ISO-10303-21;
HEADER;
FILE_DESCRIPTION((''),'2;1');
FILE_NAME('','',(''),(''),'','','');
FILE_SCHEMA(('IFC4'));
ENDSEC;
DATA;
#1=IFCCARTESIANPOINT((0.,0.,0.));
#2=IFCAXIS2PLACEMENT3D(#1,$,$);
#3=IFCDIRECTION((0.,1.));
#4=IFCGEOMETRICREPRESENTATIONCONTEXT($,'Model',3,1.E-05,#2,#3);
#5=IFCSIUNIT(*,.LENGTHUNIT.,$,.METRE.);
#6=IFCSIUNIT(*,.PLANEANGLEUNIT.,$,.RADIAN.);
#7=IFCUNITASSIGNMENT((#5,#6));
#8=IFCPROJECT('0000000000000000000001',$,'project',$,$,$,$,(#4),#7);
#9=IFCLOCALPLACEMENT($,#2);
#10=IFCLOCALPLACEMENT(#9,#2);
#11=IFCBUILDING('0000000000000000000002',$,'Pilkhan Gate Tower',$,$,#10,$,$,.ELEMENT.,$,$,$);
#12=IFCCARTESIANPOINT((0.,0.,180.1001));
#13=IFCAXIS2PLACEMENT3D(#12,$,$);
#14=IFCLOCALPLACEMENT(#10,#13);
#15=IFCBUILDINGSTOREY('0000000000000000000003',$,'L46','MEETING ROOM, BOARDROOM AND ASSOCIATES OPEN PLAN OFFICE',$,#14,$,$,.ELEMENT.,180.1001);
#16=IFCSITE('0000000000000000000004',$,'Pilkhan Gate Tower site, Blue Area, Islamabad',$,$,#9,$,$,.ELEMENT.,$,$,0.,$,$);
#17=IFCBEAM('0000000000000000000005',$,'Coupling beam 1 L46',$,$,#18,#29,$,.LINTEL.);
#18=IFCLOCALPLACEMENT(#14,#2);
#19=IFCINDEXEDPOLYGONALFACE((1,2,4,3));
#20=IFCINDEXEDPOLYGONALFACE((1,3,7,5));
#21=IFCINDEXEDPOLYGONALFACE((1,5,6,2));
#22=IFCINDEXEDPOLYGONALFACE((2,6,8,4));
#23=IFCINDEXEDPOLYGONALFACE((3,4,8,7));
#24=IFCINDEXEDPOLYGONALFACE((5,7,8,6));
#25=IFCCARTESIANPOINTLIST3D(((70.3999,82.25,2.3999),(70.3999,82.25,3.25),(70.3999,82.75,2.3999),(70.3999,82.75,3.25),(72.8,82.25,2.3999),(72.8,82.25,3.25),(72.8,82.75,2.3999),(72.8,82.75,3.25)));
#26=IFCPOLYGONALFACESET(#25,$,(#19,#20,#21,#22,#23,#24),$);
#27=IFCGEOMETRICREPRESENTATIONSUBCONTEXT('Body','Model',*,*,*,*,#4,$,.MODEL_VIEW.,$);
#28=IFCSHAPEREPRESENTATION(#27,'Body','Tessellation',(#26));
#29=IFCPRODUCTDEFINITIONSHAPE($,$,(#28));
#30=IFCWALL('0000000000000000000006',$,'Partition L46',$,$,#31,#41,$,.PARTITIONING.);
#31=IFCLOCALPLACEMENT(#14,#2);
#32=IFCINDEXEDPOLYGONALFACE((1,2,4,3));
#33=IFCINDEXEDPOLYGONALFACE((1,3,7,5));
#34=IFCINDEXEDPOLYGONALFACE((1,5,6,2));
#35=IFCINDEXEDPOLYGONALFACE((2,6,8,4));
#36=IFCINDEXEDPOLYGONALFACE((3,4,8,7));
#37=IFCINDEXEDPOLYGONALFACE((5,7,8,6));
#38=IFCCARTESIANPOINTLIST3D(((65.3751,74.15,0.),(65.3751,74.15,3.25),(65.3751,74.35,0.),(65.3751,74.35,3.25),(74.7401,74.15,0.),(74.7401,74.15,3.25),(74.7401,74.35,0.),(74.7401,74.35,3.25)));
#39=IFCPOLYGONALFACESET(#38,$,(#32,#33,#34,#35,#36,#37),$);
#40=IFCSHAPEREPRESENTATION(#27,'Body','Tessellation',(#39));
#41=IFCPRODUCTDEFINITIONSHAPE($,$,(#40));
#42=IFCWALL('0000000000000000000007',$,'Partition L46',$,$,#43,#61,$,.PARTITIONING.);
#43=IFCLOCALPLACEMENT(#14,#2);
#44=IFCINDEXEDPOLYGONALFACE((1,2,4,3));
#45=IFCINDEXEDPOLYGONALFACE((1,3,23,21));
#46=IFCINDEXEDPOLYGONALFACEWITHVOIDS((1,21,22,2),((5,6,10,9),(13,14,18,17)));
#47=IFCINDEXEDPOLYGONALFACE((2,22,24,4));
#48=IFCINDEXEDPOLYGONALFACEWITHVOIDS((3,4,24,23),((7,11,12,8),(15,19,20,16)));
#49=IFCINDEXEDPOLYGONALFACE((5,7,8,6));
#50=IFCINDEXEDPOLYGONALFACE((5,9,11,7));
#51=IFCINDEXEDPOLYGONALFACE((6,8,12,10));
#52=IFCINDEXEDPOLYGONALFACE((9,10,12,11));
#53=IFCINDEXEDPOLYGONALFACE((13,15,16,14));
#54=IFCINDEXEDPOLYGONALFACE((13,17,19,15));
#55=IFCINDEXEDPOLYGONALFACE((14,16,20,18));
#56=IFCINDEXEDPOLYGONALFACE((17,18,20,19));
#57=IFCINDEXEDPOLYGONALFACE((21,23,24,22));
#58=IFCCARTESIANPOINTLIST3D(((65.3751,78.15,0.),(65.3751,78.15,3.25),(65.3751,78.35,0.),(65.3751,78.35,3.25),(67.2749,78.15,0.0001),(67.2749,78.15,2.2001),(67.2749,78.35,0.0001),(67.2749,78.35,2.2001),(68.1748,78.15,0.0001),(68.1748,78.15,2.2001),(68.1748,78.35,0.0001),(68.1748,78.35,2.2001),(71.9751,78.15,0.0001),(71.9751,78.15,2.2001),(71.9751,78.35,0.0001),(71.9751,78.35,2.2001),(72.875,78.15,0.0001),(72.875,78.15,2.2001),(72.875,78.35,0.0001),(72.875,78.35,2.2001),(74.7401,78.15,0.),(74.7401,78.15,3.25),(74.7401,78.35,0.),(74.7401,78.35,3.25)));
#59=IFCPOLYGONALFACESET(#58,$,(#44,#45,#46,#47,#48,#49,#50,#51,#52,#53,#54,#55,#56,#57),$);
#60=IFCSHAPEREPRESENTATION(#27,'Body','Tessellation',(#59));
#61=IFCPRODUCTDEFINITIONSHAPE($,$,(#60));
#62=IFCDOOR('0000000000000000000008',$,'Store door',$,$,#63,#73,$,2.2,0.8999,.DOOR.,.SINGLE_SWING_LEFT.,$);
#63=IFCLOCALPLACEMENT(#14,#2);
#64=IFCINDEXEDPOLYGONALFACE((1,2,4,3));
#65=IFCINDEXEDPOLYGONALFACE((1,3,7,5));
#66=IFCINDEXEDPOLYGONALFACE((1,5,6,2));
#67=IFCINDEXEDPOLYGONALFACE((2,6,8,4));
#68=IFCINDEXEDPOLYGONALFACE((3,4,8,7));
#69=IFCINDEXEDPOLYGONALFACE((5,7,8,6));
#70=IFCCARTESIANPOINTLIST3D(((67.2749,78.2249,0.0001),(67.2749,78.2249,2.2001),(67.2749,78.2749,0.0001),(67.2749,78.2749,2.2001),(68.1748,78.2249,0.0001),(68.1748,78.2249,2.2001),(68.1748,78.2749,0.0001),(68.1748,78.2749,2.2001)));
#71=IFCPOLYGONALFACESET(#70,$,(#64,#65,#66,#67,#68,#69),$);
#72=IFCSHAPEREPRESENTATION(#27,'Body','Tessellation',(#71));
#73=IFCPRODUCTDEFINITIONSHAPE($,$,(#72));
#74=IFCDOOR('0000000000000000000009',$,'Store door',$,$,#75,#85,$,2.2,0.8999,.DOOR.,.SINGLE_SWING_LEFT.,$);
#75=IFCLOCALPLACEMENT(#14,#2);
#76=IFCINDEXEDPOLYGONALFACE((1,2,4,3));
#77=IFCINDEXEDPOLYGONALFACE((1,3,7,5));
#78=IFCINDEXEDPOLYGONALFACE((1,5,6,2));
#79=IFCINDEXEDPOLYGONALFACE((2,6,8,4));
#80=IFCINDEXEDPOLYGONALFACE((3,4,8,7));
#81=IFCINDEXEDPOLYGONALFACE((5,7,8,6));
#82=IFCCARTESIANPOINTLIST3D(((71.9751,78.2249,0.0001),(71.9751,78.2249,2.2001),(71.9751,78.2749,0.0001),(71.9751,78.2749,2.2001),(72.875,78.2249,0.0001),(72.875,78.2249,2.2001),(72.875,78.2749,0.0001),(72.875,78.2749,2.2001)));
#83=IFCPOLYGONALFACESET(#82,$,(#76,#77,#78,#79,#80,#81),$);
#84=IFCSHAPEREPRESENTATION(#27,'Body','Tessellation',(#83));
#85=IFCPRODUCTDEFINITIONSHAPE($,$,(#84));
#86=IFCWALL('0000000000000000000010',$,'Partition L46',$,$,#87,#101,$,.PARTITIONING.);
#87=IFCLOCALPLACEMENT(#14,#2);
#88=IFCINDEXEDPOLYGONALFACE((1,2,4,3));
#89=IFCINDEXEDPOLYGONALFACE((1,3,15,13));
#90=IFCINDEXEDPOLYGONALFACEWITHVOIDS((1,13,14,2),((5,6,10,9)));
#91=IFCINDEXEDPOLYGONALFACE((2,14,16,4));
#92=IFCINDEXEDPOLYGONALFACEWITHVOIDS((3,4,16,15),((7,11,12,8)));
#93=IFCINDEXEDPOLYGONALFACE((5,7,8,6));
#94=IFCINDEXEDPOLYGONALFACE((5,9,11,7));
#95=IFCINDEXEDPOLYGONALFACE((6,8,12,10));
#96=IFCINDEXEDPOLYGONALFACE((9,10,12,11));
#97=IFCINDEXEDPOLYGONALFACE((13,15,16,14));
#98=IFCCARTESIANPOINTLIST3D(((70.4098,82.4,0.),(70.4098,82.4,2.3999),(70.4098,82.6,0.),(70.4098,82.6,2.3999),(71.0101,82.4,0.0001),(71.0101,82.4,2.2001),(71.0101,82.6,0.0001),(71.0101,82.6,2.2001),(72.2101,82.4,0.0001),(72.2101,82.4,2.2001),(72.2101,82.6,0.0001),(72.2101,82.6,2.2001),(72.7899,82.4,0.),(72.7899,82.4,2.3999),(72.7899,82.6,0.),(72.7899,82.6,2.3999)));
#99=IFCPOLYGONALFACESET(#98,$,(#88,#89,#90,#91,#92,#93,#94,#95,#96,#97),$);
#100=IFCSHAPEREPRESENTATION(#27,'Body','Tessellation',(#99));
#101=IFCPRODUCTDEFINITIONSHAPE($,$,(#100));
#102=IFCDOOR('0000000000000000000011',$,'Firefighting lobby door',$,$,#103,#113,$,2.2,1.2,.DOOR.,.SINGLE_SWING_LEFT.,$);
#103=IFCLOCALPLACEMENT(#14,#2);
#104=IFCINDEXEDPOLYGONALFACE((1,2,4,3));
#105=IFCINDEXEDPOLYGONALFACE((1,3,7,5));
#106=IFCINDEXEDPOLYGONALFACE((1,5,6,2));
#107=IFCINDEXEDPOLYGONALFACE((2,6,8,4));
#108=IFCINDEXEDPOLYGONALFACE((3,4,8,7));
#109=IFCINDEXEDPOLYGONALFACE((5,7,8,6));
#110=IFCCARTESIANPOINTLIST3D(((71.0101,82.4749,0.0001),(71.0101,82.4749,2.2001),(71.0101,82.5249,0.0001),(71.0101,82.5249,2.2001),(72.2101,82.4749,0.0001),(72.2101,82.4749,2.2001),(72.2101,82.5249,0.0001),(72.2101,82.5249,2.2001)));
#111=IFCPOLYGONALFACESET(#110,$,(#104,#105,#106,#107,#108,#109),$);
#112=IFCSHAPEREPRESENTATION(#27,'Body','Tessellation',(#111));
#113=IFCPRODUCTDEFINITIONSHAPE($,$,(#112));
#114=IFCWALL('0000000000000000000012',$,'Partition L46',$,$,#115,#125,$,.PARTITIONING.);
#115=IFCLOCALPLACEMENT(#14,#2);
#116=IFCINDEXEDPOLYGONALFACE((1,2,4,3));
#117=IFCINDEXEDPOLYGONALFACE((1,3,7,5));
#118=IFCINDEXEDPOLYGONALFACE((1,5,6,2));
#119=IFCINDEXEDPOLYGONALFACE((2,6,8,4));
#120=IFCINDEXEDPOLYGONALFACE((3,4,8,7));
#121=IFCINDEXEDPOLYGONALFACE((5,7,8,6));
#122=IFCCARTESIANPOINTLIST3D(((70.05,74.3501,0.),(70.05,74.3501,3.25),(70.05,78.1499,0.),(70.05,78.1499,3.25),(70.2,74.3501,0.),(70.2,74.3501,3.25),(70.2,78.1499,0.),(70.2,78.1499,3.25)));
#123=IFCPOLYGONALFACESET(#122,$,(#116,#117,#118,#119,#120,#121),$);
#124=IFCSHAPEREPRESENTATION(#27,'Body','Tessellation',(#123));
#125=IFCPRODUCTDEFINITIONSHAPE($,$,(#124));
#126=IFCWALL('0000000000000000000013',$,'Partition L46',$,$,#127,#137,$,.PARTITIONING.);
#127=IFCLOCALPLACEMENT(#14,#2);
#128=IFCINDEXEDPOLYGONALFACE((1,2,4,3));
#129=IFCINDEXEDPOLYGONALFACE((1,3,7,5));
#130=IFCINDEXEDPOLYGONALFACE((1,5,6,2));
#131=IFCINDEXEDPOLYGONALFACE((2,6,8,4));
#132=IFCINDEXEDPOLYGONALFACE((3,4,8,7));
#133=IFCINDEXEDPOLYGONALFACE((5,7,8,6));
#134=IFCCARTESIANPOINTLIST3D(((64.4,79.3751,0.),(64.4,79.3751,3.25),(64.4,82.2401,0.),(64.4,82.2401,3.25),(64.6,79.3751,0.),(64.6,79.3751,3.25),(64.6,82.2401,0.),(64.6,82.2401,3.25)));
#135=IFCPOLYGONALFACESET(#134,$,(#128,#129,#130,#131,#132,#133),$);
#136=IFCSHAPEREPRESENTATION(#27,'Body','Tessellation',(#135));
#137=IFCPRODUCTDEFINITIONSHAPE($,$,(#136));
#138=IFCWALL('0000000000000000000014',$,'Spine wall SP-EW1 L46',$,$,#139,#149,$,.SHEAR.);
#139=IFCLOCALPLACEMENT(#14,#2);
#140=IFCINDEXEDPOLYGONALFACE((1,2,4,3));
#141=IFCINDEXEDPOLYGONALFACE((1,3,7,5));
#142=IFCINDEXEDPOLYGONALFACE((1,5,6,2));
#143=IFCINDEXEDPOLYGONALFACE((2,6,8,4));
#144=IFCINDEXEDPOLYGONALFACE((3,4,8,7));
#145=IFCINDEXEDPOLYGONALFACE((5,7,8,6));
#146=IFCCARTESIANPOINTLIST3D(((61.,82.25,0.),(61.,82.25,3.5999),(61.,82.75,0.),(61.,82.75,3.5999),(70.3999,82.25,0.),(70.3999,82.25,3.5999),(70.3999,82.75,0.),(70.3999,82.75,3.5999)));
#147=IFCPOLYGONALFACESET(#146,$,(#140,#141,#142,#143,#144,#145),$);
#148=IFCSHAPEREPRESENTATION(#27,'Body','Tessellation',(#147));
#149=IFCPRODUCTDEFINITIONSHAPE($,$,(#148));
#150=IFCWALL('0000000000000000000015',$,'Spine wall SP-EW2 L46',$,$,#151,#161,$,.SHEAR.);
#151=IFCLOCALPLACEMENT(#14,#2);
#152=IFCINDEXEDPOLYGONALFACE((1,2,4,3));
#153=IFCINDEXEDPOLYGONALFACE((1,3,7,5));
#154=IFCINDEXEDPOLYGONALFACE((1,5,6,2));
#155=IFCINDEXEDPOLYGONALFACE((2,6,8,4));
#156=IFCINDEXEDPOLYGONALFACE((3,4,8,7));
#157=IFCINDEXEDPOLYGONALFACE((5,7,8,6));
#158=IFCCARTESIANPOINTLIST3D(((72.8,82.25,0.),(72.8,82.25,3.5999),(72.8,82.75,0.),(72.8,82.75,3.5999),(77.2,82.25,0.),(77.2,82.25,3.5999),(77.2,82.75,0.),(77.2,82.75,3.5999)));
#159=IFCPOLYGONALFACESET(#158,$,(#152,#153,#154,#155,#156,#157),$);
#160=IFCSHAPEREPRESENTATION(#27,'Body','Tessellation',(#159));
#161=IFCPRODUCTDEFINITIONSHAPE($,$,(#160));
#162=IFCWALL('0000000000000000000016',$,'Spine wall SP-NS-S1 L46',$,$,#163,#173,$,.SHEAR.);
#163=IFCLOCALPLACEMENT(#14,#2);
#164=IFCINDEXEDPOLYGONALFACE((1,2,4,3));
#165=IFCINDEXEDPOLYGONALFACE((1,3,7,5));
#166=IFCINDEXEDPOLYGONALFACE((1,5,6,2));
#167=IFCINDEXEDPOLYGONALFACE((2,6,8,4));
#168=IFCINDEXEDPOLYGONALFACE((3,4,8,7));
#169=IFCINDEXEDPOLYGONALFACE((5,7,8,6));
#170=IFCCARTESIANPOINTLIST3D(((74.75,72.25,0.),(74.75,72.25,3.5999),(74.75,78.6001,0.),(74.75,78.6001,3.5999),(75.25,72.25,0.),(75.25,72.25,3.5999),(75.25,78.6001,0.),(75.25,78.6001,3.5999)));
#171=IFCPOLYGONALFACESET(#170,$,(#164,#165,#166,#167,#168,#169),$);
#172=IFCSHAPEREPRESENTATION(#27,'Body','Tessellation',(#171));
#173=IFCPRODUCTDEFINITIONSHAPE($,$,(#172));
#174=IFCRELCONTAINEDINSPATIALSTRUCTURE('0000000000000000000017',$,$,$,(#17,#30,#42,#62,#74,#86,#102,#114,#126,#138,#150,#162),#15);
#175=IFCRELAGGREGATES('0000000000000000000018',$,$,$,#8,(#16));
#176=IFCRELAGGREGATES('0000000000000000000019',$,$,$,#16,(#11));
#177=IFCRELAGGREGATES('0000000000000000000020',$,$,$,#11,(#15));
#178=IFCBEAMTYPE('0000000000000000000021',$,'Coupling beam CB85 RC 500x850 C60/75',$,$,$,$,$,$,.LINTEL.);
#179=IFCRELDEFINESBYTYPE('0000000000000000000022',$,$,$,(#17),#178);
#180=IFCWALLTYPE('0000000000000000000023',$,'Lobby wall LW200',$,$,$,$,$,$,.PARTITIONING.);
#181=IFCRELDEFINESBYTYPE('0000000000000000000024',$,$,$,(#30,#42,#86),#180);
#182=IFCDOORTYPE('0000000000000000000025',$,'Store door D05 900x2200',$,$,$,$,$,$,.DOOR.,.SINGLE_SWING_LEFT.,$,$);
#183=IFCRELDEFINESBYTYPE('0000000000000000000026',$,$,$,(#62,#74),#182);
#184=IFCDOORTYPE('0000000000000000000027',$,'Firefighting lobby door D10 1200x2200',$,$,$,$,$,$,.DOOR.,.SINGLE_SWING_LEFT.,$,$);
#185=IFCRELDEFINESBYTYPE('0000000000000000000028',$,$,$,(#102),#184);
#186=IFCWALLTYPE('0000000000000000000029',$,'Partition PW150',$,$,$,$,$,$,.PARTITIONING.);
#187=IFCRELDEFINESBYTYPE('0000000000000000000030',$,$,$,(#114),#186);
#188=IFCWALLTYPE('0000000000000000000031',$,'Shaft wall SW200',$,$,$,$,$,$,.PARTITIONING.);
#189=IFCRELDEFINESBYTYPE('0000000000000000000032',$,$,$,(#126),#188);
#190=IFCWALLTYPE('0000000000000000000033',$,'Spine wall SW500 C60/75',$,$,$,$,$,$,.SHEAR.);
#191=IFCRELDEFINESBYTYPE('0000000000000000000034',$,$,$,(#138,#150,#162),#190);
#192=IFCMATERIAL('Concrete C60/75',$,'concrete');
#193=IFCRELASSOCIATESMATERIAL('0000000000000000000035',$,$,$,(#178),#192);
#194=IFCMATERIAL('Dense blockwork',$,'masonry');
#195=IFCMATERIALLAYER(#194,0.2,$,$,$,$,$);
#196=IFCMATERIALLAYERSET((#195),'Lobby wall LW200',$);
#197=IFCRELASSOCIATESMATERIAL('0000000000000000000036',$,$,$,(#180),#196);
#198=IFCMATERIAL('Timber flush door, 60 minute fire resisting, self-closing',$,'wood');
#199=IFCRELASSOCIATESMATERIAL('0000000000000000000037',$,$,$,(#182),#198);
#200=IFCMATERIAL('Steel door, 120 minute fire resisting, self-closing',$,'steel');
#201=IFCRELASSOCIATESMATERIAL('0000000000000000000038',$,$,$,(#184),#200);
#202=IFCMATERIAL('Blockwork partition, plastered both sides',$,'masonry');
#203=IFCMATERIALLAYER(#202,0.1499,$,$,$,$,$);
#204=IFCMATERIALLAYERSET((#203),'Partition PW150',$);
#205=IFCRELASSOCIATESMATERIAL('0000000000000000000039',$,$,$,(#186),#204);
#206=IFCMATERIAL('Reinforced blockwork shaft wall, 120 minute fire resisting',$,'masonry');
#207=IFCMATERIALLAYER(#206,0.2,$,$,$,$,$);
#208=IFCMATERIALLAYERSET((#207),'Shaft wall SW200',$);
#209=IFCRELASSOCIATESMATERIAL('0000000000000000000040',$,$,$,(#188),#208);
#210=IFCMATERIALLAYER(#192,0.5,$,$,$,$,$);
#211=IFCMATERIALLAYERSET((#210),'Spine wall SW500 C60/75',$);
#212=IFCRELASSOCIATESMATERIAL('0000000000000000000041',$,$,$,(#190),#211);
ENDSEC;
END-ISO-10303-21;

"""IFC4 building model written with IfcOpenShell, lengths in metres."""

from ifc_helpers import new_model, si_unit, direction, frame, frame_2d, origin, origin_2d, place, context, subcontext, project, spatial, rectangle, extrude, material, layer, layer_set, material_profile, profile_set, type_object, element, fill, save


model = new_model("IFC4")

# Units and contexts
model_context = context("Model", 3, precision=1e-05, world=origin(), true_north=direction((0.0, 1.0)))
body_context = subcontext(model_context, "Body", "Model", "MODEL_VIEW")
ifc_project = project(units=[si_unit("LENGTHUNIT", "METRE"), si_unit("PLANEANGLEUNIT", "RADIAN")], contexts=[model_context])

# Site, building, storey
site_placement = place(None, origin())
site = spatial("IfcSite", under=ifc_project, at=site_placement, Name="Pilkhan Gate Tower site, Blue Area, Islamabad", CompositionType="ELEMENT", RefElevation=0.0)
building_placement = place(site_placement, origin())
building = spatial("IfcBuilding", under=site, at=building_placement, Name="Pilkhan Gate Tower", CompositionType="ELEMENT")
storey_placement = place(building_placement, frame((0.0, 0.0, 180.1001)))
storey = spatial("IfcBuildingStorey", under=building, at=storey_placement, Name="L46", Description="MEETING ROOM, BOARDROOM AND ASSOCIATES OPEN PLAN OFFICE", CompositionType="ELEMENT", Elevation=180.1001)

# Beam
ifc_material_1 = material(Name="Concrete C60/75", Category="concrete")
ifc_material_profile = material_profile(ifc_material_1, rectangle(XDim=0.5, YDim=0.8501, at=origin_2d()), Name="RC 500x850")
ifc_profile_set = profile_set([ifc_material_profile], Name="Concrete C60/75")
beam_type = type_object("IfcBeamType", Name="Coupling beam CB85 RC 500x850 C60/75", PredefinedType="LINTEL", material=ifc_profile_set)
beam_placement = place(storey_placement, frame((70.3999, 82.5, 2.825), z_axis=(1.0, 0.0, 0.0), x_axis=(0.0, 1.0, 0.0)))
element("IfcBeam", 1, at=beam_placement, inside=storey, type_object=beam_type, Name="Coupling beam 1 L46", PredefinedType="LINTEL", context=body_context, shape_type="SweptSolid", body=[
    extrude(rectangle(XDim=0.5, YDim=0.8501, at=origin_2d()), origin(), (0.0, 0.0, 1.0), 2.4001),
])

# Wall
ifc_material_2 = material(Name="Dense blockwork", Category="masonry")
ifc_layer_1 = layer(ifc_material_2, 0.2)
ifc_layer_set_1 = layer_set([ifc_layer_1], Name="Lobby wall LW200")
wall_type_1 = type_object("IfcWallType", Name="Lobby wall LW200", PredefinedType="PARTITIONING", material=ifc_layer_set_1)
wall_1_placement = place(storey_placement, frame((65.375, 74.25, 0.0), z_axis=(0.0, 0.0, 1.0), x_axis=(1.0, 0.0, 0.0)))
element("IfcWall", 2, at=wall_1_placement, inside=storey, type_object=wall_type_1, Name="Partition L46", PredefinedType="PARTITIONING", context=body_context, shape_type="SweptSolid", body=[
    extrude(rectangle(XDim=9.365, YDim=0.2, at=frame_2d((4.6826, 0.0))), origin(), (0.0, 0.0, 1.0), 3.25),
])

# Wall, openings, doors
wall_2_placement = place(storey_placement, frame((65.375, 78.25, 0.0), z_axis=(0.0, 0.0, 1.0), x_axis=(1.0, 0.0, 0.0)))
wall_2 = element("IfcWall", 3, at=wall_2_placement, inside=storey, type_object=wall_type_1, Name="Partition L46", PredefinedType="PARTITIONING", context=body_context, shape_type="SweptSolid", body=[
    extrude(rectangle(XDim=9.365, YDim=0.2, at=frame_2d((4.6826, 0.0))), origin(), (0.0, 0.0, 1.0), 3.25),
])
opening_1_placement = place(wall_2_placement, frame((1.8999, 0.0, 0.0)))
opening_1 = element("IfcOpeningElement", 4, at=opening_1_placement, cuts=wall_2, PredefinedType="OPENING", context=body_context, shape_type="SweptSolid", body=[
    extrude(rectangle(XDim=0.8999, YDim=2.2, at=frame_2d((0.45, 1.1001))), frame((0.0, 0.1099, 0.0), z_axis=(0.0, -1.0, 0.0), x_axis=(1.0, 0.0, 0.0)), (0.0, 0.0, 1.0), 0.22),
])
opening_2_placement = place(wall_2_placement, frame((6.6001, 0.0, 0.0)))
opening_2 = element("IfcOpeningElement", 5, at=opening_2_placement, cuts=wall_2, PredefinedType="OPENING", context=body_context, shape_type="SweptSolid", body=[
    extrude(rectangle(XDim=0.8999, YDim=2.2, at=frame_2d((0.45, 1.1001))), frame((0.0, 0.1099, 0.0), z_axis=(0.0, -1.0, 0.0), x_axis=(1.0, 0.0, 0.0)), (0.0, 0.0, 1.0), 0.22),
])
ifc_material_3 = material(Name="Timber flush door, 60 minute fire resisting, self-closing", Category="wood")
door_type_1 = type_object("IfcDoorType", Name="Store door D05 900x2200", OperationType="SINGLE_SWING_LEFT", PredefinedType="DOOR", material=ifc_material_3)
door_1_placement = place(opening_1_placement, origin())
door_1 = element("IfcDoor", 6, at=door_1_placement, inside=storey, type_object=door_type_1, Name="Store door", OperationType="SINGLE_SWING_LEFT", OverallHeight=2.2, OverallWidth=0.8999, PredefinedType="DOOR", context=body_context, shape_type="SweptSolid", body=[
    extrude(rectangle(XDim=0.8999, YDim=2.2, at=frame_2d((0.45, 1.1001))), frame((0.0, 0.0249, 0.0), z_axis=(0.0, -1.0, 0.0), x_axis=(1.0, 0.0, 0.0)), (0.0, 0.0, 1.0), 0.05),
])
fill(opening_1, door_1)
door_2_placement = place(opening_2_placement, origin())
door_2 = element("IfcDoor", 7, at=door_2_placement, inside=storey, type_object=door_type_1, Name="Store door", OperationType="SINGLE_SWING_LEFT", OverallHeight=2.2, OverallWidth=0.8999, PredefinedType="DOOR", context=body_context, shape_type="SweptSolid", body=[
    extrude(rectangle(XDim=0.8999, YDim=2.2, at=frame_2d((0.45, 1.1001))), frame((0.0, 0.0249, 0.0), z_axis=(0.0, -1.0, 0.0), x_axis=(1.0, 0.0, 0.0)), (0.0, 0.0, 1.0), 0.05),
])
fill(opening_2, door_2)

# Wall, opening, door
wall_3_placement = place(storey_placement, frame((70.4099, 82.5, 0.0), z_axis=(0.0, 0.0, 1.0), x_axis=(1.0, 0.0, 0.0)))
wall_3 = element("IfcWall", 8, at=wall_3_placement, inside=storey, type_object=wall_type_1, Name="Partition L46", PredefinedType="PARTITIONING", context=body_context, shape_type="SweptSolid", body=[
    extrude(rectangle(XDim=2.3801, YDim=0.2, at=frame_2d((1.1899, 0.0))), origin(), (0.0, 0.0, 1.0), 2.3999),
])
opening_3_placement = place(wall_3_placement, frame((0.6001, 0.0, 0.0)))
opening_3 = element("IfcOpeningElement", 9, at=opening_3_placement, cuts=wall_3, PredefinedType="OPENING", context=body_context, shape_type="SweptSolid", body=[
    extrude(rectangle(XDim=1.2, YDim=2.2, at=frame_2d((0.6001, 1.1001))), frame((0.0, 0.1099, 0.0), z_axis=(0.0, -1.0, 0.0), x_axis=(1.0, 0.0, 0.0)), (0.0, 0.0, 1.0), 0.22),
])
ifc_material_4 = material(Name="Steel door, 120 minute fire resisting, self-closing", Category="steel")
door_type_2 = type_object("IfcDoorType", Name="Firefighting lobby door D10 1200x2200", OperationType="SINGLE_SWING_LEFT", PredefinedType="DOOR", material=ifc_material_4)
door_3_placement = place(opening_3_placement, origin())
door_3 = element("IfcDoor", 10, at=door_3_placement, inside=storey, type_object=door_type_2, Name="Firefighting lobby door", OperationType="SINGLE_SWING_LEFT", OverallHeight=2.2, OverallWidth=1.2, PredefinedType="DOOR", context=body_context, shape_type="SweptSolid", body=[
    extrude(rectangle(XDim=1.2, YDim=2.2, at=frame_2d((0.6001, 1.1001))), frame((0.0, 0.0249, 0.0), z_axis=(0.0, -1.0, 0.0), x_axis=(1.0, 0.0, 0.0)), (0.0, 0.0, 1.0), 0.05),
])
fill(opening_3, door_3)

# Walls
ifc_material_5 = material(Name="Blockwork partition, plastered both sides", Category="masonry")
ifc_layer_2 = layer(ifc_material_5, 0.1499)
ifc_layer_set_2 = layer_set([ifc_layer_2], Name="Partition PW150")
wall_type_2 = type_object("IfcWallType", Name="Partition PW150", PredefinedType="PARTITIONING", material=ifc_layer_set_2)
wall_4_placement = place(storey_placement, frame((70.125, 74.3501, 0.0), z_axis=(0.0, 0.0, 1.0), x_axis=(0.0, 1.0, 0.0)))
element("IfcWall", 11, at=wall_4_placement, inside=storey, type_object=wall_type_2, Name="Partition L46", PredefinedType="PARTITIONING", context=body_context, shape_type="SweptSolid", body=[
    extrude(rectangle(XDim=3.7998, YDim=0.1499, at=frame_2d((1.8999, 0.0))), origin(), (0.0, 0.0, 1.0), 3.25),
])
ifc_material_6 = material(Name="Reinforced blockwork shaft wall, 120 minute fire resisting", Category="masonry")
ifc_layer_3 = layer(ifc_material_6, 0.2)
ifc_layer_set_3 = layer_set([ifc_layer_3], Name="Shaft wall SW200")
wall_type_3 = type_object("IfcWallType", Name="Shaft wall SW200", PredefinedType="PARTITIONING", material=ifc_layer_set_3)
wall_5_placement = place(storey_placement, frame((64.5, 79.375, 0.0), z_axis=(0.0, 0.0, 1.0), x_axis=(0.0, 1.0, 0.0)))
element("IfcWall", 12, at=wall_5_placement, inside=storey, type_object=wall_type_3, Name="Partition L46", PredefinedType="PARTITIONING", context=body_context, shape_type="SweptSolid", body=[
    extrude(rectangle(XDim=2.865, YDim=0.2, at=frame_2d((1.4326, 0.0))), origin(), (0.0, 0.0, 1.0), 3.25),
])
ifc_layer_4 = layer(ifc_material_1, 0.5)
ifc_layer_set_4 = layer_set([ifc_layer_4], Name="Spine wall SW500 C60/75")
wall_type_4 = type_object("IfcWallType", Name="Spine wall SW500 C60/75", PredefinedType="SHEAR", material=ifc_layer_set_4)
wall_6_placement = place(storey_placement, frame((61.0, 82.5, 0.0), z_axis=(0.0, 0.0, 1.0), x_axis=(1.0, 0.0, 0.0)))
element("IfcWall", 13, at=wall_6_placement, inside=storey, type_object=wall_type_4, Name="Spine wall SP-EW1 L46", PredefinedType="SHEAR", context=body_context, shape_type="SweptSolid", body=[
    extrude(rectangle(XDim=9.3999, YDim=0.5, at=frame_2d((4.7, 0.0))), origin(), (0.0, 0.0, 1.0), 3.5999),
])
wall_7_placement = place(storey_placement, frame((72.8, 82.5, 0.0), z_axis=(0.0, 0.0, 1.0), x_axis=(1.0, 0.0, 0.0)))
element("IfcWall", 14, at=wall_7_placement, inside=storey, type_object=wall_type_4, Name="Spine wall SP-EW2 L46", PredefinedType="SHEAR", context=body_context, shape_type="SweptSolid", body=[
    extrude(rectangle(XDim=4.3999, YDim=0.5, at=frame_2d((2.2, 0.0))), origin(), (0.0, 0.0, 1.0), 3.5999),
])
wall_8_placement = place(storey_placement, frame((75.0, 72.25, 0.0), z_axis=(0.0, 0.0, 1.0), x_axis=(0.0, 1.0, 0.0)))
element("IfcWall", 15, at=wall_8_placement, inside=storey, type_object=wall_type_4, Name="Spine wall SP-NS-S1 L46", PredefinedType="SHEAR", context=body_context, shape_type="SweptSolid", body=[
    extrude(rectangle(XDim=6.3501, YDim=0.5, at=frame_2d((3.175, 0.0))), origin(), (0.0, 0.0, 1.0), 3.5999),
])

save(model, "model.ifc")
